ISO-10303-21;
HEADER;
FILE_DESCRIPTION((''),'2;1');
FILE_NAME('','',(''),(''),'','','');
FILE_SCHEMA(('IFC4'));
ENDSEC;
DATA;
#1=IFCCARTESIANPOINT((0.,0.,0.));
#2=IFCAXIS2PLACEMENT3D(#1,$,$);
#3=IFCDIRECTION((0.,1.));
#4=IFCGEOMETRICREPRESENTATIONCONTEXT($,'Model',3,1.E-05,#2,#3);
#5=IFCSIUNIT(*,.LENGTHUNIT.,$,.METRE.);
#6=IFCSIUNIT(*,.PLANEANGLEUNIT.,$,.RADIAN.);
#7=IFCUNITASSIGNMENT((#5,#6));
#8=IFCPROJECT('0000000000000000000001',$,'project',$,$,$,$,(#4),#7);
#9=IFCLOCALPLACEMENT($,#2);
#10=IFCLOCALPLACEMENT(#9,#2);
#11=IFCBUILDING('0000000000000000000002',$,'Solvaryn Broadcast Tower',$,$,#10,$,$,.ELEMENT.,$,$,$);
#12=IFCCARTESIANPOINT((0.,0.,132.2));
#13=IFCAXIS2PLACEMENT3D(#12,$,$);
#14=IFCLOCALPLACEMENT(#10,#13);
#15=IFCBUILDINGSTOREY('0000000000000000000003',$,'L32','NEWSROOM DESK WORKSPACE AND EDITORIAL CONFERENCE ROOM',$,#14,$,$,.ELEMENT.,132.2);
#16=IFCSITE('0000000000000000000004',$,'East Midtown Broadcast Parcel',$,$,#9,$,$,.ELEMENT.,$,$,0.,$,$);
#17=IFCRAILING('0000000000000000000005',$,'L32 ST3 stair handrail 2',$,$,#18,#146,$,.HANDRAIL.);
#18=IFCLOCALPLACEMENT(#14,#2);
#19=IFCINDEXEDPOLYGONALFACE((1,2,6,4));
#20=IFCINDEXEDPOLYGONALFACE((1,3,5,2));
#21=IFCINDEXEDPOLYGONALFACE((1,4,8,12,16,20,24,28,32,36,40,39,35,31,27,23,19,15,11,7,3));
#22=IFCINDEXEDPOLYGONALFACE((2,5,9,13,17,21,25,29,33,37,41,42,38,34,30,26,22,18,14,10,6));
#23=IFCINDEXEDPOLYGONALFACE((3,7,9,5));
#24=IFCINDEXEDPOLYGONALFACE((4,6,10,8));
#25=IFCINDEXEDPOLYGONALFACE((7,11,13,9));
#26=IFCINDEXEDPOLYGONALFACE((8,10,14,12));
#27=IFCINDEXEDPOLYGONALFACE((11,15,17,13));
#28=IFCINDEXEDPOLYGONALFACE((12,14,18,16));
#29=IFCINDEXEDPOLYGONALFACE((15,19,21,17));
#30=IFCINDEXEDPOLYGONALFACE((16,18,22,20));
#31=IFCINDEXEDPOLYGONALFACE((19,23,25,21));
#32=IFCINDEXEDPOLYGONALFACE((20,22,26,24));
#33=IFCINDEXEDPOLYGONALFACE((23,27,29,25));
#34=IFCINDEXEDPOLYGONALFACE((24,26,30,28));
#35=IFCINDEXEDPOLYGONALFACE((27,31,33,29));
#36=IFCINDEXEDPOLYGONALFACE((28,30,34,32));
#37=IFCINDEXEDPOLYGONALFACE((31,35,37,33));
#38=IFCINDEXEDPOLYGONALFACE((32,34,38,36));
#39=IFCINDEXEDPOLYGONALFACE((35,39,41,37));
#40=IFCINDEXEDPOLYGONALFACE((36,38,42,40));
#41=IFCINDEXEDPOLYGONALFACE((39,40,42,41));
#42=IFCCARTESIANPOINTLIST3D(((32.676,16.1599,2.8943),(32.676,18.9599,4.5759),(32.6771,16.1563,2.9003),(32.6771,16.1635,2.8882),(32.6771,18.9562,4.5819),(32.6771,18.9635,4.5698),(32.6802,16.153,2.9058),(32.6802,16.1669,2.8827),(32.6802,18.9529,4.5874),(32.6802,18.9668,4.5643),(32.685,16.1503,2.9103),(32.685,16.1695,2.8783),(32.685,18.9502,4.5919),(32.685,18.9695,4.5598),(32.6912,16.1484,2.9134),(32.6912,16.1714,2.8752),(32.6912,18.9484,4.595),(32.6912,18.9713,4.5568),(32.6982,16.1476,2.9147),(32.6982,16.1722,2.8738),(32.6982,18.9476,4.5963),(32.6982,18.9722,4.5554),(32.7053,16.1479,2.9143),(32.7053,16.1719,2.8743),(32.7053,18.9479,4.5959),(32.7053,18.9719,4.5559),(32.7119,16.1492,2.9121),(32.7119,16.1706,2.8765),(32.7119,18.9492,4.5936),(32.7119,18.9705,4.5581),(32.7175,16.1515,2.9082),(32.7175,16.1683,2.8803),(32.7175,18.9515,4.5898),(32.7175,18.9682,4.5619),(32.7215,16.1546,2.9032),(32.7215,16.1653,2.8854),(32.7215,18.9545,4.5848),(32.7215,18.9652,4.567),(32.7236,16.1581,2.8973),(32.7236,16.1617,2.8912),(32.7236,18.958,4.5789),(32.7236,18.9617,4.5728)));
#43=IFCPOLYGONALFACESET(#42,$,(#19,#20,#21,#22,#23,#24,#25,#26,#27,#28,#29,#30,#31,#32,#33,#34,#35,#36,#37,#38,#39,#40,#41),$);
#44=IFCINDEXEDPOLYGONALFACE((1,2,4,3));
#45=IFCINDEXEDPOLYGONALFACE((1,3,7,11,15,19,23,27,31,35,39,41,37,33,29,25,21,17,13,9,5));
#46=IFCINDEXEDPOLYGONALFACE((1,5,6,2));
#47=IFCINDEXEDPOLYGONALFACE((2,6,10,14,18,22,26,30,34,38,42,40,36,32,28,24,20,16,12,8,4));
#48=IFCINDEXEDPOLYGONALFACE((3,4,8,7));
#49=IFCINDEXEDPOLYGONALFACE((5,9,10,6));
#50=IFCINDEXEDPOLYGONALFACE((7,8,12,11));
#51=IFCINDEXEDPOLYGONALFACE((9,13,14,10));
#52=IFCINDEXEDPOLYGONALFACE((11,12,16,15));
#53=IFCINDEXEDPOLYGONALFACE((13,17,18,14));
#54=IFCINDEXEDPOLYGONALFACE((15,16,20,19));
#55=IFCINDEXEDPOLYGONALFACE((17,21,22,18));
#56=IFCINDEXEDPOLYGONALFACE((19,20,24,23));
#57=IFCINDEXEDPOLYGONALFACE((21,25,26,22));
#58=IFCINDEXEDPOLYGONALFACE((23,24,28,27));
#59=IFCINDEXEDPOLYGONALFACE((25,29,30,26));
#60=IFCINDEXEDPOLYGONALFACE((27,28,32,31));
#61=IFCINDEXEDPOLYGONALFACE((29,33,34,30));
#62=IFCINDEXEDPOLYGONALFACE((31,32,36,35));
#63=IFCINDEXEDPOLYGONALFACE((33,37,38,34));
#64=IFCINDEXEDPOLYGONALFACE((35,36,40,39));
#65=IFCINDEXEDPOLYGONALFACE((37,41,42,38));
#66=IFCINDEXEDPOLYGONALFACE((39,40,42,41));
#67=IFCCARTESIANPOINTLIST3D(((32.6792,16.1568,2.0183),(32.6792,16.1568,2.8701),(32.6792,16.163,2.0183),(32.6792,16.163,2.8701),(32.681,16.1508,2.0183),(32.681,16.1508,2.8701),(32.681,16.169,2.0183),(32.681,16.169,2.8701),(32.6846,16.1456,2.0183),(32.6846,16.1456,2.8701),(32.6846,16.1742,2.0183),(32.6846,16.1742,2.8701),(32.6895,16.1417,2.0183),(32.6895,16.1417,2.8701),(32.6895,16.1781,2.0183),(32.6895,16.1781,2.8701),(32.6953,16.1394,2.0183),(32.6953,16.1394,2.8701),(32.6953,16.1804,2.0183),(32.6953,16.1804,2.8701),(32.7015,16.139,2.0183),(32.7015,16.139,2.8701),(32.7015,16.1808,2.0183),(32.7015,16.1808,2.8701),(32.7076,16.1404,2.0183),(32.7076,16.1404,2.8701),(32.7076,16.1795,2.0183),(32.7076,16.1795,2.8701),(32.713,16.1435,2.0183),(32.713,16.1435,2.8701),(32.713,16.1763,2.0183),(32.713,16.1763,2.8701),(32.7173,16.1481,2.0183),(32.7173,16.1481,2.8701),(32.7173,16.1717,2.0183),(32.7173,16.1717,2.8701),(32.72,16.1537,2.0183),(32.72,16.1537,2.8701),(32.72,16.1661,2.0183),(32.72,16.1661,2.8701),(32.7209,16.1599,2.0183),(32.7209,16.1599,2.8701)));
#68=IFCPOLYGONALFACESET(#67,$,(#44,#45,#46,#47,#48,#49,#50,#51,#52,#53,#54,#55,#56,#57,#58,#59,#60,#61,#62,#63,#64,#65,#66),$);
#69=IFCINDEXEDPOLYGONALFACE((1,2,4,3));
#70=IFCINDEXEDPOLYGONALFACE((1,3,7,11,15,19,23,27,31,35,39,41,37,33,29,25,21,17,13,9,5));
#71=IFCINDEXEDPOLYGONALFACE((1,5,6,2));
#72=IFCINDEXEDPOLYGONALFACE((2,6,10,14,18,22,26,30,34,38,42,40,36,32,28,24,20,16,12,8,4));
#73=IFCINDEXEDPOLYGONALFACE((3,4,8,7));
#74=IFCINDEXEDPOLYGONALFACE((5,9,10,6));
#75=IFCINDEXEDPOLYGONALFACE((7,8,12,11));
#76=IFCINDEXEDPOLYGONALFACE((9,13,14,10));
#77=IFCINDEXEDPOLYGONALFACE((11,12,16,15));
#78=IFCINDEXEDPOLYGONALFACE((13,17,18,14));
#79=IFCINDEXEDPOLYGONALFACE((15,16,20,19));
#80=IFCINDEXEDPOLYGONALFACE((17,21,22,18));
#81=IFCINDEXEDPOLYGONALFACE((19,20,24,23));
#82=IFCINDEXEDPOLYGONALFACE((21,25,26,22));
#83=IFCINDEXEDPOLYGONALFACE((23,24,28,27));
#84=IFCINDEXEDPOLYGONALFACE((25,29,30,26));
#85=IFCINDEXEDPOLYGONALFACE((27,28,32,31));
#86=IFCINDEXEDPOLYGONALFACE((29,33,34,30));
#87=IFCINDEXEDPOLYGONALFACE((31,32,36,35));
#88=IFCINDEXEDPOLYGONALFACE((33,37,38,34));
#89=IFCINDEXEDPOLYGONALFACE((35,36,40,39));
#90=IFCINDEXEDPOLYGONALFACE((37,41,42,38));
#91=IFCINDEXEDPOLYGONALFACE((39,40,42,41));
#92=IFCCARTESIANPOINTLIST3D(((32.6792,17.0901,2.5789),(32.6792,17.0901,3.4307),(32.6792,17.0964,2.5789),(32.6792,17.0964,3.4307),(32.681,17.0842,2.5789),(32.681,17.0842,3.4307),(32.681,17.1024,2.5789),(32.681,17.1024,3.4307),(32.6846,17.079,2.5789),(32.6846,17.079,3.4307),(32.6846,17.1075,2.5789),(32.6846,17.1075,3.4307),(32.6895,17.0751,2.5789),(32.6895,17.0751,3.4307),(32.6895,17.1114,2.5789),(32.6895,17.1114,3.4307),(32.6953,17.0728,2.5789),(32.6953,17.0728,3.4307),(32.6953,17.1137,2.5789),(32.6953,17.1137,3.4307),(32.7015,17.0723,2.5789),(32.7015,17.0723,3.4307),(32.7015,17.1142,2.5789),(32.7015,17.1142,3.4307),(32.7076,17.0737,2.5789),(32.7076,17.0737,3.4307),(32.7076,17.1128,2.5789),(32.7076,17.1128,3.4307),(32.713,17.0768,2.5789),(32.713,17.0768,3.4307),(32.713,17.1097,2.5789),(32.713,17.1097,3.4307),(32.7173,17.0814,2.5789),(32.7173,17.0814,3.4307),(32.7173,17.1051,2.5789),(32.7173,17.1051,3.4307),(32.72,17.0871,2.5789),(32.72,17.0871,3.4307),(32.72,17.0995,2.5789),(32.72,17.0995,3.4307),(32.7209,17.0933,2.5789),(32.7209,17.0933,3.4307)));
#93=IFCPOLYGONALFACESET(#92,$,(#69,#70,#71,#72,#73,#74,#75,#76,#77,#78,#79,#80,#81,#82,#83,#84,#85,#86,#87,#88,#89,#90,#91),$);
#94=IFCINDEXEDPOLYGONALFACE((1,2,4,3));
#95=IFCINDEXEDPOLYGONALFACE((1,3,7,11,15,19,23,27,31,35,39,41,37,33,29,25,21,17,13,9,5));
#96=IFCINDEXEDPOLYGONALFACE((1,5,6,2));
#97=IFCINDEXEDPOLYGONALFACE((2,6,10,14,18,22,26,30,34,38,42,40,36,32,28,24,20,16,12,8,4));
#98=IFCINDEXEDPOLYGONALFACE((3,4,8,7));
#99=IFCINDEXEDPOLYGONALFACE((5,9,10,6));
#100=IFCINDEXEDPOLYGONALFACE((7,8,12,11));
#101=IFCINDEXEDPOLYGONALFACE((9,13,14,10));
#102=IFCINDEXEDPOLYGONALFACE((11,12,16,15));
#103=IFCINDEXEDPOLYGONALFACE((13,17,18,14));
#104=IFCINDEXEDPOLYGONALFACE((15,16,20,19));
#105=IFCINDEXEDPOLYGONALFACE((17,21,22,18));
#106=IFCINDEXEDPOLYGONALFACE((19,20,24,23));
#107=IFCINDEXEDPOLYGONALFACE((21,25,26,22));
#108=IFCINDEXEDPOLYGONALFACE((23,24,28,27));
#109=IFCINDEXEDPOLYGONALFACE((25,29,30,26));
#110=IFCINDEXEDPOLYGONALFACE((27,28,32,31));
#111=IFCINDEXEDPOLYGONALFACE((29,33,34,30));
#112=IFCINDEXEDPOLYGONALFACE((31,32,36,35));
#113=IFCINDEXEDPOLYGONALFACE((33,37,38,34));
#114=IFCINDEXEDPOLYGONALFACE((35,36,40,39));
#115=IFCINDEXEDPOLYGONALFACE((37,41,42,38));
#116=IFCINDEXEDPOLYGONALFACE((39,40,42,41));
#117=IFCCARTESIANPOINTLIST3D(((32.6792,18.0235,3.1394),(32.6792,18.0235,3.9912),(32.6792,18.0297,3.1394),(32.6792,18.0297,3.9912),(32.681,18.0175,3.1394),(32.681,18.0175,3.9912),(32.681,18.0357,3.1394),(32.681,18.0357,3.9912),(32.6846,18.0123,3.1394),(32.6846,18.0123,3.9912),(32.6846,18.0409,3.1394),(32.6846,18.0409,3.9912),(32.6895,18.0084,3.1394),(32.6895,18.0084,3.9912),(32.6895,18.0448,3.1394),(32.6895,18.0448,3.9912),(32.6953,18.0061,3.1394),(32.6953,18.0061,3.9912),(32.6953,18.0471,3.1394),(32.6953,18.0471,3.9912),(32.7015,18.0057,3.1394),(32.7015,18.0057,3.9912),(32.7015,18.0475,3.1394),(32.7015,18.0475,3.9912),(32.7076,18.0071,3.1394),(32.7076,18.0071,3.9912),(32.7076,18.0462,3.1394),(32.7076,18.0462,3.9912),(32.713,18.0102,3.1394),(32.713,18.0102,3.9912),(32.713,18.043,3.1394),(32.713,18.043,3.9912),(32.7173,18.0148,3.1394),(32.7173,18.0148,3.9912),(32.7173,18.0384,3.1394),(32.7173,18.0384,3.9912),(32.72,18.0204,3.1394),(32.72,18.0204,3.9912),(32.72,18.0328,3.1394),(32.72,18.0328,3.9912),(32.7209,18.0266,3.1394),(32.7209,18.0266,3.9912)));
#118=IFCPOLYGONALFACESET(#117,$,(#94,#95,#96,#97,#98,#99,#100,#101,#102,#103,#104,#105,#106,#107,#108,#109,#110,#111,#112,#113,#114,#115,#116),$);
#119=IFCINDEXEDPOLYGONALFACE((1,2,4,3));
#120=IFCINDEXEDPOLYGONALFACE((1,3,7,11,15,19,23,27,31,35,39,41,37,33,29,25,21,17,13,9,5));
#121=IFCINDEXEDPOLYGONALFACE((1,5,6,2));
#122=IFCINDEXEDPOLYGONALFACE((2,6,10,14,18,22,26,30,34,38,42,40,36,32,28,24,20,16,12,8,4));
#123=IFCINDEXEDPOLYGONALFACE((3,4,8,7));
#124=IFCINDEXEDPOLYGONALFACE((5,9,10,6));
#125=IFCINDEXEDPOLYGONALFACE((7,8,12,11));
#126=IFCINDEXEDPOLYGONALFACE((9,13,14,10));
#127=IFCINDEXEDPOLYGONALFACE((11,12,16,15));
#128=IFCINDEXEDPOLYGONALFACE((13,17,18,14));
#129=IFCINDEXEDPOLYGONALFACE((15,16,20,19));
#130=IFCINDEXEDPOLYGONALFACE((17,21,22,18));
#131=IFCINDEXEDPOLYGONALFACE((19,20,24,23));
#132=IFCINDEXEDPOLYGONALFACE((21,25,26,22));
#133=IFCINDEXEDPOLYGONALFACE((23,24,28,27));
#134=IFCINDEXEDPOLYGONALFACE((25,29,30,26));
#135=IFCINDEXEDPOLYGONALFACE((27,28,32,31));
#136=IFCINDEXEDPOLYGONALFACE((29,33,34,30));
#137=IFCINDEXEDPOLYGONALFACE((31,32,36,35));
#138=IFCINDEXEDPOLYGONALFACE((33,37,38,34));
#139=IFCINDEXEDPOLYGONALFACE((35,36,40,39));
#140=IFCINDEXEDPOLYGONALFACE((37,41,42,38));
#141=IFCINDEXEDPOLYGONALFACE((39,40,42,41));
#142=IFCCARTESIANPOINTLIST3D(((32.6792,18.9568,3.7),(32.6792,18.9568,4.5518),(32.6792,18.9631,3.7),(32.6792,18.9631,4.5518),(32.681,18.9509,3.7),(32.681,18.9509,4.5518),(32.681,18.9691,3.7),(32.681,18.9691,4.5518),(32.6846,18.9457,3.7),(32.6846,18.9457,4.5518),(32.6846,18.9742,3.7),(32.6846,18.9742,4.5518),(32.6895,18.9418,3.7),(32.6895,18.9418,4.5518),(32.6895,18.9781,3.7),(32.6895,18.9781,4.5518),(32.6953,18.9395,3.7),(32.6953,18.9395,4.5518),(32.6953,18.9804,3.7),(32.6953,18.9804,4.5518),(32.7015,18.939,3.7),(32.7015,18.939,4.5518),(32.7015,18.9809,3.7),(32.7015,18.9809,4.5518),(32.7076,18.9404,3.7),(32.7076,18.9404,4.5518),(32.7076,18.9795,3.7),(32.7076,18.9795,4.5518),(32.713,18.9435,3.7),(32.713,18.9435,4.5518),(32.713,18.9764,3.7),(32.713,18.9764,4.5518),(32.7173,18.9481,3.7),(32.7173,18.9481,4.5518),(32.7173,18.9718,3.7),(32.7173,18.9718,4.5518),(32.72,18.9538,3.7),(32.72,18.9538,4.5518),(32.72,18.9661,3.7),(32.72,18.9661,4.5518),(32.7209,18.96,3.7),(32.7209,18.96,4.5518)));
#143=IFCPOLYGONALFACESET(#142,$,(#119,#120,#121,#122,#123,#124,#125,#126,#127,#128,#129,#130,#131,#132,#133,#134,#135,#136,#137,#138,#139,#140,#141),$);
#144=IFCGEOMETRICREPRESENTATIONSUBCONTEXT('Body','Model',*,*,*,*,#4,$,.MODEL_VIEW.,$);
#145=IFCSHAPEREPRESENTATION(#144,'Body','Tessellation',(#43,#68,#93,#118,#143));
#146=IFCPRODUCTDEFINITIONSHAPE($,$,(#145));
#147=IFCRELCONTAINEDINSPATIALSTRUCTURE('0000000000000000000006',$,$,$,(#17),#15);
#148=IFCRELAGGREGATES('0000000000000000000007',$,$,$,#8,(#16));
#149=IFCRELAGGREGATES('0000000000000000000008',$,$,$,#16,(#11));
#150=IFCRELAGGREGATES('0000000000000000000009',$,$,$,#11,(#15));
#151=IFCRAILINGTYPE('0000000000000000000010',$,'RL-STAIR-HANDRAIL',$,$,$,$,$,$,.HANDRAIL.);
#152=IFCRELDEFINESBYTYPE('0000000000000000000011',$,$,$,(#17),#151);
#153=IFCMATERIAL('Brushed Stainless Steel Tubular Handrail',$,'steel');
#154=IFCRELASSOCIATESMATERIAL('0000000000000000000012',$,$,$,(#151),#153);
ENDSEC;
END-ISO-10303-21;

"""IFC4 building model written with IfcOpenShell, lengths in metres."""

from ifc_helpers import new_model, si_unit, direction, frame, origin, origin_2d, place, context, subcontext, project, spatial, circle, extrude, material, type_object, element, save


model = new_model("IFC4")

# Units and contexts
model_context = context("Model", 3, precision=1e-05, world=origin(), true_north=direction((0.0, 1.0)))
body_context = subcontext(model_context, "Body", "Model", "MODEL_VIEW")
ifc_project = project(units=[si_unit("LENGTHUNIT", "METRE"), si_unit("PLANEANGLEUNIT", "RADIAN")], contexts=[model_context])

# Site, building, storey
site_placement = place(None, origin())
site = spatial("IfcSite", under=ifc_project, at=site_placement, Name="East Midtown Broadcast Parcel", CompositionType="ELEMENT", RefElevation=0.0)
building_placement = place(site_placement, origin())
building = spatial("IfcBuilding", under=site, at=building_placement, Name="Solvaryn Broadcast Tower", CompositionType="ELEMENT")
storey_placement = place(building_placement, frame((0.0, 0.0, 132.2)))
storey = spatial("IfcBuildingStorey", under=building, at=storey_placement, Name="L32", Description="NEWSROOM DESK WORKSPACE AND EDITORIAL CONFERENCE ROOM", CompositionType="ELEMENT", Elevation=132.2)

# Railing
ifc_material_1 = material(Name="Brushed Stainless Steel Tubular Handrail", Category="steel")
railing_type_1 = type_object("IfcRailingType", Name="RL-STAIR-HANDRAIL", PredefinedType="HANDRAIL", material=ifc_material_1)
railing_1_placement = place(storey_placement, frame((32.7, 16.1599, 2.0183)))
element("IfcRailing", 1, at=railing_1_placement, inside=storey, type_object=railing_type_1, Name="L32 ST3 stair handrail 2", PredefinedType="HANDRAIL", context=body_context, shape_type="SweptSolid", body=[
    extrude(circle(Radius=0.0239, at=origin_2d()), frame((0.0, 0.0, 0.876), z_axis=(0.0, 0.857275, 0.514858), x_axis=(-1.0, 0.0, 0.0)), (0.0, 0.0, 1.0), 3.2661),
    extrude(circle(Radius=0.021, at=origin_2d()), origin(), (0.0, 0.0, 1.0), 0.8518),
    extrude(circle(Radius=0.021, at=origin_2d()), frame((0.0, 0.9333, 0.5605)), (0.0, 0.0, 1.0), 0.8518),
    extrude(circle(Radius=0.021, at=origin_2d()), frame((0.0, 1.8667, 1.1211)), (0.0, 0.0, 1.0), 0.8518),
    extrude(circle(Radius=0.021, at=origin_2d()), frame((0.0, 2.8, 1.6816)), (0.0, 0.0, 1.0), 0.8518),
])

save(model, "model.ifc")
